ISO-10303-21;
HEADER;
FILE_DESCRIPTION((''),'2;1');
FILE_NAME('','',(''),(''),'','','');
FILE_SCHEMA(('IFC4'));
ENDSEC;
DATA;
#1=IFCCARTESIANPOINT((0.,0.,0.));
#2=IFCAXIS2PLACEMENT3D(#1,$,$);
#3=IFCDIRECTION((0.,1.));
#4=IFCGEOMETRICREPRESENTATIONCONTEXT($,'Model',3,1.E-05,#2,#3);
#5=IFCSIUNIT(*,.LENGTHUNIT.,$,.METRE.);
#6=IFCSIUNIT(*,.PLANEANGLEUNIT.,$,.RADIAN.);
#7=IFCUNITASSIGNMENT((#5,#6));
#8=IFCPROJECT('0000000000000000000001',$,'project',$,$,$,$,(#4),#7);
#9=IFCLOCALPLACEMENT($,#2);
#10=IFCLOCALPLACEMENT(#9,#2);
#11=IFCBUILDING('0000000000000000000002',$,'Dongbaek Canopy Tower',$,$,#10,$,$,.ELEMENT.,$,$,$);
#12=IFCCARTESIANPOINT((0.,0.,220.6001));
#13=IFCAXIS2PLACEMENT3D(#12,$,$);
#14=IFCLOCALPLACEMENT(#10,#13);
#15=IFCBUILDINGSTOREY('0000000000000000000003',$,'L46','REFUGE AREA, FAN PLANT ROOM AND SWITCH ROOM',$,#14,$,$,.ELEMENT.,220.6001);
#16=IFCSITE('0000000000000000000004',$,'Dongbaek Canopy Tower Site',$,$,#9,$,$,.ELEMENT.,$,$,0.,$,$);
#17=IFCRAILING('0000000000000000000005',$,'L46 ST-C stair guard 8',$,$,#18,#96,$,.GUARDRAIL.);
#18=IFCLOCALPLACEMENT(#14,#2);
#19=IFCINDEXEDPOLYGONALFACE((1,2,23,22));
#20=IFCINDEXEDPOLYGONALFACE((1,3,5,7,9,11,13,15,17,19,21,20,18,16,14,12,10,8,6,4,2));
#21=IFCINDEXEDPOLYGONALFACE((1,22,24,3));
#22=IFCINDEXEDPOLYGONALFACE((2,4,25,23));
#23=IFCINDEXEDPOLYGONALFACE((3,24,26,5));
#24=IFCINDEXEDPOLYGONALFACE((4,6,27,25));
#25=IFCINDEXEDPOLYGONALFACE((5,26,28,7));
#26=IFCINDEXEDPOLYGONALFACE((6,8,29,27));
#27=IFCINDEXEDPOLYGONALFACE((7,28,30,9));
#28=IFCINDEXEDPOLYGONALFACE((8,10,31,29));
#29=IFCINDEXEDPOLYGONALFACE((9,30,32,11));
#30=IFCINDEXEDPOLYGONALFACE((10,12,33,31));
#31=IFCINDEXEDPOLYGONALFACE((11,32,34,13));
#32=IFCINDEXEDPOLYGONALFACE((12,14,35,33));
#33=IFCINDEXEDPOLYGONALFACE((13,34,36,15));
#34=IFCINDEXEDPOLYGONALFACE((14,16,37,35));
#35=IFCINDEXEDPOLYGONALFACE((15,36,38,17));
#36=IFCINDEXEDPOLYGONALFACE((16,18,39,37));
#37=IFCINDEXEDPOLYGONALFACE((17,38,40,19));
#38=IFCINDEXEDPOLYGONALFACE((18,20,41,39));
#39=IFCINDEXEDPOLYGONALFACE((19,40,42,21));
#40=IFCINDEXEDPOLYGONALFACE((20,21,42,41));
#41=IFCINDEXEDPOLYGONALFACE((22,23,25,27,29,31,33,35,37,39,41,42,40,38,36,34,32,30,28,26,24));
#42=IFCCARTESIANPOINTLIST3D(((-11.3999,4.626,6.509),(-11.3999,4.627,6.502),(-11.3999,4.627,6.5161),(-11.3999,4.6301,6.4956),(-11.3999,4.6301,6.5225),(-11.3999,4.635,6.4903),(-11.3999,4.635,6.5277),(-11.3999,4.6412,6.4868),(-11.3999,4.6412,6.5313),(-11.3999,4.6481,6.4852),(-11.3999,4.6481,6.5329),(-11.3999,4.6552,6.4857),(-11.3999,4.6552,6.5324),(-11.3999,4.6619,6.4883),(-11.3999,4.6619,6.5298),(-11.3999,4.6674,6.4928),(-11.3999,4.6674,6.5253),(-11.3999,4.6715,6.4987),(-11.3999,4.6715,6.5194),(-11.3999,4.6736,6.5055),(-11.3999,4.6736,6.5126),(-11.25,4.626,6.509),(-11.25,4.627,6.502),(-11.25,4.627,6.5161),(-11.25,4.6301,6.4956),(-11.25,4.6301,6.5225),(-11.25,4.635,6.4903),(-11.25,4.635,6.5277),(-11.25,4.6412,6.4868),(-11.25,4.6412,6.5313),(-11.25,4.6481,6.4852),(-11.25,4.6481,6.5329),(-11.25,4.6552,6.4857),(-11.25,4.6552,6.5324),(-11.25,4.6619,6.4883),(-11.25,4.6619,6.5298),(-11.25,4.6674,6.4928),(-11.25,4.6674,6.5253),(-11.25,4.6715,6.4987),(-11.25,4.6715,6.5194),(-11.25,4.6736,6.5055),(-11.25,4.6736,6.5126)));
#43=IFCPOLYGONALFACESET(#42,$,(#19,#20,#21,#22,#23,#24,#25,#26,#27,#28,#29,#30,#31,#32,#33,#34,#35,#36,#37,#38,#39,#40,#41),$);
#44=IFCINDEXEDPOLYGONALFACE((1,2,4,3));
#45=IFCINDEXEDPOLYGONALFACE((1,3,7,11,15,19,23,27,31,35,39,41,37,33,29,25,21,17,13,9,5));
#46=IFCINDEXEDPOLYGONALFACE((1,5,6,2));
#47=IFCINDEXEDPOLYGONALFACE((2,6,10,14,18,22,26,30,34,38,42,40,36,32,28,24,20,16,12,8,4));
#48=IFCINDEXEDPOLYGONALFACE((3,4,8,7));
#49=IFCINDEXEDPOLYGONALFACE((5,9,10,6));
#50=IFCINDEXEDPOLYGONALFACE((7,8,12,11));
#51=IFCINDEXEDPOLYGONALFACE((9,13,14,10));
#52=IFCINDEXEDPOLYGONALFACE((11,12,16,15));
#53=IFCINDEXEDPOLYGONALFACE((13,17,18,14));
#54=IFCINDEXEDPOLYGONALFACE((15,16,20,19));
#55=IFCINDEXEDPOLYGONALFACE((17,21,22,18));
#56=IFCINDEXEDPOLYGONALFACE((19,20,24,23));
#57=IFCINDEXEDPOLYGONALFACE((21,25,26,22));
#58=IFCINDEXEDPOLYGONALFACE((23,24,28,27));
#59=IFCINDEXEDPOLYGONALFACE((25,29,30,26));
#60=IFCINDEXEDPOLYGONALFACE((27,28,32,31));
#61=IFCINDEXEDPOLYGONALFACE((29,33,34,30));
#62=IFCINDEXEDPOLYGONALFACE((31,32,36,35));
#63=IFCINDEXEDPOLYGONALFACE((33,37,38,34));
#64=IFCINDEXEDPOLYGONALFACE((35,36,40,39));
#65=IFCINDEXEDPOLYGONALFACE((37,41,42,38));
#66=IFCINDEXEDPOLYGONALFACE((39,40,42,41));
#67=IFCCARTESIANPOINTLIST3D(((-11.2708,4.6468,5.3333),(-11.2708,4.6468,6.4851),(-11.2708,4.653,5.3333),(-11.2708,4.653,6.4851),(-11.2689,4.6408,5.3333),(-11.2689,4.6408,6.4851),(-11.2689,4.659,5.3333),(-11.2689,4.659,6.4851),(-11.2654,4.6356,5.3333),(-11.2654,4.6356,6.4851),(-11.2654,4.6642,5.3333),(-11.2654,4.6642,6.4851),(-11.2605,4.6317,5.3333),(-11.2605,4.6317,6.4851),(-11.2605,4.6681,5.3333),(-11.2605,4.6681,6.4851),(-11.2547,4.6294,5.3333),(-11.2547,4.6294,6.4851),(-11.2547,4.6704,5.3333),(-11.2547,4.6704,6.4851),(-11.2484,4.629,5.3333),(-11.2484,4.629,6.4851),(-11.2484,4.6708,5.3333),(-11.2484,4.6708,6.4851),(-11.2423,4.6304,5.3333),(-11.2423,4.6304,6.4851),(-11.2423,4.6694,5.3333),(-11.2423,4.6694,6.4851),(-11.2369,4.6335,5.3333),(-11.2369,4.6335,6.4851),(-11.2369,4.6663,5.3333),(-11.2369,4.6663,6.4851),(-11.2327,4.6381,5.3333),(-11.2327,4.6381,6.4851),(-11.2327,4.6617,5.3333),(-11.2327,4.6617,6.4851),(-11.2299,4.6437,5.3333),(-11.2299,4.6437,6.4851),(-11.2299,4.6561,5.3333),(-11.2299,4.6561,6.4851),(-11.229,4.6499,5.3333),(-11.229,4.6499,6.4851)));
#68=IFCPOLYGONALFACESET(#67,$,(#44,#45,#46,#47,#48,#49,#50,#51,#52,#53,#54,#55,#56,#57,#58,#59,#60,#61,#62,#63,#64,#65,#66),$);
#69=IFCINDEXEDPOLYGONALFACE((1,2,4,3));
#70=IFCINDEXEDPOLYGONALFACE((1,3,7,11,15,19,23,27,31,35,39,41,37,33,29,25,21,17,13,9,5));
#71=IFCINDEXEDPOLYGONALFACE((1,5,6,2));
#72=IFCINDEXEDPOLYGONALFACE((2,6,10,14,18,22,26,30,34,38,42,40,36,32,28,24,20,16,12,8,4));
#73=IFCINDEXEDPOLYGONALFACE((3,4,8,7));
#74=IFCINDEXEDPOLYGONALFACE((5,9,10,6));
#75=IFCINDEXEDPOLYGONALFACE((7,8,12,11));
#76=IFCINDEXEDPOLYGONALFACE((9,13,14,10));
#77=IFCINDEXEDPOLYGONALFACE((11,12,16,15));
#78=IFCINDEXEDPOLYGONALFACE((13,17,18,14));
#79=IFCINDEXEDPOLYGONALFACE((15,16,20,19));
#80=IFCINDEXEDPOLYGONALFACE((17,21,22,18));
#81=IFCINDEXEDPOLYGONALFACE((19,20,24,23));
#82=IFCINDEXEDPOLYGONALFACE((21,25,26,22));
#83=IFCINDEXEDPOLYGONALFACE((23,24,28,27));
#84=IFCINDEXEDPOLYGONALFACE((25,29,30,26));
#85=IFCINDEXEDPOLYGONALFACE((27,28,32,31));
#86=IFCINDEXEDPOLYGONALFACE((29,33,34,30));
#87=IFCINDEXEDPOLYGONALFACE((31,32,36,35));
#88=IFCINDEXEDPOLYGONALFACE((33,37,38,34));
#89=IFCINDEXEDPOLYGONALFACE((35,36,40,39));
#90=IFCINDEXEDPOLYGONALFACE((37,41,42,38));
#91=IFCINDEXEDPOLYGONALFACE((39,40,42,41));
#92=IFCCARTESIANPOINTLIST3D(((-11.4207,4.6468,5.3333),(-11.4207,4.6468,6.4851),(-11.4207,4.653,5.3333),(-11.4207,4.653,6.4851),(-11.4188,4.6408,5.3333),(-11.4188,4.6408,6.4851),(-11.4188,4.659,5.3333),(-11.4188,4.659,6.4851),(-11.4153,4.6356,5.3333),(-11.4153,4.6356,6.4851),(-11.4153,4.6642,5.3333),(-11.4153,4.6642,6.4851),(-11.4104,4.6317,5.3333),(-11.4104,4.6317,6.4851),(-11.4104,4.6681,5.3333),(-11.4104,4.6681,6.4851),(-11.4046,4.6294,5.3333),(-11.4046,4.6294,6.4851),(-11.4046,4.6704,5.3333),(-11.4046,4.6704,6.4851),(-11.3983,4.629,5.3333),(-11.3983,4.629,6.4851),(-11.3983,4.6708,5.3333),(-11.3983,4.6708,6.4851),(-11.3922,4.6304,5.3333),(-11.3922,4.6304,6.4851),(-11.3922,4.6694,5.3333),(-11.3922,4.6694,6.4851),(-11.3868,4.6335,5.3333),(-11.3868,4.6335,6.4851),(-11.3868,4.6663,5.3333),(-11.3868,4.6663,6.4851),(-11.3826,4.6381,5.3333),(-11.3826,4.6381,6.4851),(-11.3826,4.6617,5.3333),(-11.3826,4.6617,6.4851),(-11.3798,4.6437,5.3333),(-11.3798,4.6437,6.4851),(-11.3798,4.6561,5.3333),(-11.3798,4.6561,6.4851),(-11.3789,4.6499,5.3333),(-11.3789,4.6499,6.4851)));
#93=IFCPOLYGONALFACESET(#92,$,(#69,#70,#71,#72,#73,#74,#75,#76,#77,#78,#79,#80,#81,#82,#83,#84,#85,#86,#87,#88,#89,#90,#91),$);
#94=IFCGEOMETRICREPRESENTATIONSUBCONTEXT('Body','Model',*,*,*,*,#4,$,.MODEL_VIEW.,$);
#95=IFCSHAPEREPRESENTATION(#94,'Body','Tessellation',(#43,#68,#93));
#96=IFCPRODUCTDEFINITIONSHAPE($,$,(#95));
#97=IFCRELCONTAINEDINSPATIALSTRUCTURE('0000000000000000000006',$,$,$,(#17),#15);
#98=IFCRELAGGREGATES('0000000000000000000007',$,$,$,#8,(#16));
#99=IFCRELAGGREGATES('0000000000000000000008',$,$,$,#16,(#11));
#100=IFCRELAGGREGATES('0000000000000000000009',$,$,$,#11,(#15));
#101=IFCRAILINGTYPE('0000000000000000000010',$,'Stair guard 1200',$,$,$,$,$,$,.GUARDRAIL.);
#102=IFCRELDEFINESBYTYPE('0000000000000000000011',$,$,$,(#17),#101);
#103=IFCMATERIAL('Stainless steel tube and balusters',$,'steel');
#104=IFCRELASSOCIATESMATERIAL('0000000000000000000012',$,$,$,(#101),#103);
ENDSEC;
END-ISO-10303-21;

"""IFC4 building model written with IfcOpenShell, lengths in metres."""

from ifc_helpers import new_model, si_unit, direction, frame, origin, origin_2d, place, context, subcontext, project, spatial, circle, extrude, material, type_object, element, save


model = new_model("IFC4")

# Units and contexts
model_context = context("Model", 3, precision=1e-05, world=origin(), true_north=direction((0.0, 1.0)))
body_context = subcontext(model_context, "Body", "Model", "MODEL_VIEW")
ifc_project = project(units=[si_unit("LENGTHUNIT", "METRE"), si_unit("PLANEANGLEUNIT", "RADIAN")], contexts=[model_context])

# Site, building, storey
site_placement = place(None, origin())
site = spatial("IfcSite", under=ifc_project, at=site_placement, Name="Dongbaek Canopy Tower Site", CompositionType="ELEMENT", RefElevation=0.0)
building_placement = place(site_placement, origin())
building = spatial("IfcBuilding", under=site, at=building_placement, Name="Dongbaek Canopy Tower", CompositionType="ELEMENT")
storey_placement = place(building_placement, frame((0.0, 0.0, 220.6001)))
storey = spatial("IfcBuildingStorey", under=building, at=storey_placement, Name="L46", Description="REFUGE AREA, FAN PLANT ROOM AND SWITCH ROOM", CompositionType="ELEMENT", Elevation=220.6001)

# Railing
ifc_material_1 = material(Name="Stainless steel tube and balusters", Category="steel")
railing_type = type_object("IfcRailingType", Name="Stair guard 1200", PredefinedType="GUARDRAIL", material=ifc_material_1)
railing_1_placement = place(storey_placement, frame((-11.25, 4.6499, 5.3333)))
element("IfcRailing", 1, at=railing_1_placement, inside=storey, type_object=railing_type, Name="L46 ST-C stair guard 8", PredefinedType="GUARDRAIL", context=body_context, shape_type="SweptSolid", body=[
    extrude(circle(Radius=0.0239, at=origin_2d()), frame((0.0, 0.0, 1.1758), z_axis=(-1.0, 0.0, 0.0), x_axis=(0.0, -1.0, 0.0)), (0.0, 0.0, 1.0), 0.1499),
    extrude(circle(Radius=0.021, at=origin_2d()), origin(), (0.0, 0.0, 1.0), 1.1519),
    extrude(circle(Radius=0.021, at=origin_2d()), frame((-0.1499, 0.0, 0.0)), (0.0, 0.0, 1.0), 1.1519),
])

save(model, "model.ifc")
